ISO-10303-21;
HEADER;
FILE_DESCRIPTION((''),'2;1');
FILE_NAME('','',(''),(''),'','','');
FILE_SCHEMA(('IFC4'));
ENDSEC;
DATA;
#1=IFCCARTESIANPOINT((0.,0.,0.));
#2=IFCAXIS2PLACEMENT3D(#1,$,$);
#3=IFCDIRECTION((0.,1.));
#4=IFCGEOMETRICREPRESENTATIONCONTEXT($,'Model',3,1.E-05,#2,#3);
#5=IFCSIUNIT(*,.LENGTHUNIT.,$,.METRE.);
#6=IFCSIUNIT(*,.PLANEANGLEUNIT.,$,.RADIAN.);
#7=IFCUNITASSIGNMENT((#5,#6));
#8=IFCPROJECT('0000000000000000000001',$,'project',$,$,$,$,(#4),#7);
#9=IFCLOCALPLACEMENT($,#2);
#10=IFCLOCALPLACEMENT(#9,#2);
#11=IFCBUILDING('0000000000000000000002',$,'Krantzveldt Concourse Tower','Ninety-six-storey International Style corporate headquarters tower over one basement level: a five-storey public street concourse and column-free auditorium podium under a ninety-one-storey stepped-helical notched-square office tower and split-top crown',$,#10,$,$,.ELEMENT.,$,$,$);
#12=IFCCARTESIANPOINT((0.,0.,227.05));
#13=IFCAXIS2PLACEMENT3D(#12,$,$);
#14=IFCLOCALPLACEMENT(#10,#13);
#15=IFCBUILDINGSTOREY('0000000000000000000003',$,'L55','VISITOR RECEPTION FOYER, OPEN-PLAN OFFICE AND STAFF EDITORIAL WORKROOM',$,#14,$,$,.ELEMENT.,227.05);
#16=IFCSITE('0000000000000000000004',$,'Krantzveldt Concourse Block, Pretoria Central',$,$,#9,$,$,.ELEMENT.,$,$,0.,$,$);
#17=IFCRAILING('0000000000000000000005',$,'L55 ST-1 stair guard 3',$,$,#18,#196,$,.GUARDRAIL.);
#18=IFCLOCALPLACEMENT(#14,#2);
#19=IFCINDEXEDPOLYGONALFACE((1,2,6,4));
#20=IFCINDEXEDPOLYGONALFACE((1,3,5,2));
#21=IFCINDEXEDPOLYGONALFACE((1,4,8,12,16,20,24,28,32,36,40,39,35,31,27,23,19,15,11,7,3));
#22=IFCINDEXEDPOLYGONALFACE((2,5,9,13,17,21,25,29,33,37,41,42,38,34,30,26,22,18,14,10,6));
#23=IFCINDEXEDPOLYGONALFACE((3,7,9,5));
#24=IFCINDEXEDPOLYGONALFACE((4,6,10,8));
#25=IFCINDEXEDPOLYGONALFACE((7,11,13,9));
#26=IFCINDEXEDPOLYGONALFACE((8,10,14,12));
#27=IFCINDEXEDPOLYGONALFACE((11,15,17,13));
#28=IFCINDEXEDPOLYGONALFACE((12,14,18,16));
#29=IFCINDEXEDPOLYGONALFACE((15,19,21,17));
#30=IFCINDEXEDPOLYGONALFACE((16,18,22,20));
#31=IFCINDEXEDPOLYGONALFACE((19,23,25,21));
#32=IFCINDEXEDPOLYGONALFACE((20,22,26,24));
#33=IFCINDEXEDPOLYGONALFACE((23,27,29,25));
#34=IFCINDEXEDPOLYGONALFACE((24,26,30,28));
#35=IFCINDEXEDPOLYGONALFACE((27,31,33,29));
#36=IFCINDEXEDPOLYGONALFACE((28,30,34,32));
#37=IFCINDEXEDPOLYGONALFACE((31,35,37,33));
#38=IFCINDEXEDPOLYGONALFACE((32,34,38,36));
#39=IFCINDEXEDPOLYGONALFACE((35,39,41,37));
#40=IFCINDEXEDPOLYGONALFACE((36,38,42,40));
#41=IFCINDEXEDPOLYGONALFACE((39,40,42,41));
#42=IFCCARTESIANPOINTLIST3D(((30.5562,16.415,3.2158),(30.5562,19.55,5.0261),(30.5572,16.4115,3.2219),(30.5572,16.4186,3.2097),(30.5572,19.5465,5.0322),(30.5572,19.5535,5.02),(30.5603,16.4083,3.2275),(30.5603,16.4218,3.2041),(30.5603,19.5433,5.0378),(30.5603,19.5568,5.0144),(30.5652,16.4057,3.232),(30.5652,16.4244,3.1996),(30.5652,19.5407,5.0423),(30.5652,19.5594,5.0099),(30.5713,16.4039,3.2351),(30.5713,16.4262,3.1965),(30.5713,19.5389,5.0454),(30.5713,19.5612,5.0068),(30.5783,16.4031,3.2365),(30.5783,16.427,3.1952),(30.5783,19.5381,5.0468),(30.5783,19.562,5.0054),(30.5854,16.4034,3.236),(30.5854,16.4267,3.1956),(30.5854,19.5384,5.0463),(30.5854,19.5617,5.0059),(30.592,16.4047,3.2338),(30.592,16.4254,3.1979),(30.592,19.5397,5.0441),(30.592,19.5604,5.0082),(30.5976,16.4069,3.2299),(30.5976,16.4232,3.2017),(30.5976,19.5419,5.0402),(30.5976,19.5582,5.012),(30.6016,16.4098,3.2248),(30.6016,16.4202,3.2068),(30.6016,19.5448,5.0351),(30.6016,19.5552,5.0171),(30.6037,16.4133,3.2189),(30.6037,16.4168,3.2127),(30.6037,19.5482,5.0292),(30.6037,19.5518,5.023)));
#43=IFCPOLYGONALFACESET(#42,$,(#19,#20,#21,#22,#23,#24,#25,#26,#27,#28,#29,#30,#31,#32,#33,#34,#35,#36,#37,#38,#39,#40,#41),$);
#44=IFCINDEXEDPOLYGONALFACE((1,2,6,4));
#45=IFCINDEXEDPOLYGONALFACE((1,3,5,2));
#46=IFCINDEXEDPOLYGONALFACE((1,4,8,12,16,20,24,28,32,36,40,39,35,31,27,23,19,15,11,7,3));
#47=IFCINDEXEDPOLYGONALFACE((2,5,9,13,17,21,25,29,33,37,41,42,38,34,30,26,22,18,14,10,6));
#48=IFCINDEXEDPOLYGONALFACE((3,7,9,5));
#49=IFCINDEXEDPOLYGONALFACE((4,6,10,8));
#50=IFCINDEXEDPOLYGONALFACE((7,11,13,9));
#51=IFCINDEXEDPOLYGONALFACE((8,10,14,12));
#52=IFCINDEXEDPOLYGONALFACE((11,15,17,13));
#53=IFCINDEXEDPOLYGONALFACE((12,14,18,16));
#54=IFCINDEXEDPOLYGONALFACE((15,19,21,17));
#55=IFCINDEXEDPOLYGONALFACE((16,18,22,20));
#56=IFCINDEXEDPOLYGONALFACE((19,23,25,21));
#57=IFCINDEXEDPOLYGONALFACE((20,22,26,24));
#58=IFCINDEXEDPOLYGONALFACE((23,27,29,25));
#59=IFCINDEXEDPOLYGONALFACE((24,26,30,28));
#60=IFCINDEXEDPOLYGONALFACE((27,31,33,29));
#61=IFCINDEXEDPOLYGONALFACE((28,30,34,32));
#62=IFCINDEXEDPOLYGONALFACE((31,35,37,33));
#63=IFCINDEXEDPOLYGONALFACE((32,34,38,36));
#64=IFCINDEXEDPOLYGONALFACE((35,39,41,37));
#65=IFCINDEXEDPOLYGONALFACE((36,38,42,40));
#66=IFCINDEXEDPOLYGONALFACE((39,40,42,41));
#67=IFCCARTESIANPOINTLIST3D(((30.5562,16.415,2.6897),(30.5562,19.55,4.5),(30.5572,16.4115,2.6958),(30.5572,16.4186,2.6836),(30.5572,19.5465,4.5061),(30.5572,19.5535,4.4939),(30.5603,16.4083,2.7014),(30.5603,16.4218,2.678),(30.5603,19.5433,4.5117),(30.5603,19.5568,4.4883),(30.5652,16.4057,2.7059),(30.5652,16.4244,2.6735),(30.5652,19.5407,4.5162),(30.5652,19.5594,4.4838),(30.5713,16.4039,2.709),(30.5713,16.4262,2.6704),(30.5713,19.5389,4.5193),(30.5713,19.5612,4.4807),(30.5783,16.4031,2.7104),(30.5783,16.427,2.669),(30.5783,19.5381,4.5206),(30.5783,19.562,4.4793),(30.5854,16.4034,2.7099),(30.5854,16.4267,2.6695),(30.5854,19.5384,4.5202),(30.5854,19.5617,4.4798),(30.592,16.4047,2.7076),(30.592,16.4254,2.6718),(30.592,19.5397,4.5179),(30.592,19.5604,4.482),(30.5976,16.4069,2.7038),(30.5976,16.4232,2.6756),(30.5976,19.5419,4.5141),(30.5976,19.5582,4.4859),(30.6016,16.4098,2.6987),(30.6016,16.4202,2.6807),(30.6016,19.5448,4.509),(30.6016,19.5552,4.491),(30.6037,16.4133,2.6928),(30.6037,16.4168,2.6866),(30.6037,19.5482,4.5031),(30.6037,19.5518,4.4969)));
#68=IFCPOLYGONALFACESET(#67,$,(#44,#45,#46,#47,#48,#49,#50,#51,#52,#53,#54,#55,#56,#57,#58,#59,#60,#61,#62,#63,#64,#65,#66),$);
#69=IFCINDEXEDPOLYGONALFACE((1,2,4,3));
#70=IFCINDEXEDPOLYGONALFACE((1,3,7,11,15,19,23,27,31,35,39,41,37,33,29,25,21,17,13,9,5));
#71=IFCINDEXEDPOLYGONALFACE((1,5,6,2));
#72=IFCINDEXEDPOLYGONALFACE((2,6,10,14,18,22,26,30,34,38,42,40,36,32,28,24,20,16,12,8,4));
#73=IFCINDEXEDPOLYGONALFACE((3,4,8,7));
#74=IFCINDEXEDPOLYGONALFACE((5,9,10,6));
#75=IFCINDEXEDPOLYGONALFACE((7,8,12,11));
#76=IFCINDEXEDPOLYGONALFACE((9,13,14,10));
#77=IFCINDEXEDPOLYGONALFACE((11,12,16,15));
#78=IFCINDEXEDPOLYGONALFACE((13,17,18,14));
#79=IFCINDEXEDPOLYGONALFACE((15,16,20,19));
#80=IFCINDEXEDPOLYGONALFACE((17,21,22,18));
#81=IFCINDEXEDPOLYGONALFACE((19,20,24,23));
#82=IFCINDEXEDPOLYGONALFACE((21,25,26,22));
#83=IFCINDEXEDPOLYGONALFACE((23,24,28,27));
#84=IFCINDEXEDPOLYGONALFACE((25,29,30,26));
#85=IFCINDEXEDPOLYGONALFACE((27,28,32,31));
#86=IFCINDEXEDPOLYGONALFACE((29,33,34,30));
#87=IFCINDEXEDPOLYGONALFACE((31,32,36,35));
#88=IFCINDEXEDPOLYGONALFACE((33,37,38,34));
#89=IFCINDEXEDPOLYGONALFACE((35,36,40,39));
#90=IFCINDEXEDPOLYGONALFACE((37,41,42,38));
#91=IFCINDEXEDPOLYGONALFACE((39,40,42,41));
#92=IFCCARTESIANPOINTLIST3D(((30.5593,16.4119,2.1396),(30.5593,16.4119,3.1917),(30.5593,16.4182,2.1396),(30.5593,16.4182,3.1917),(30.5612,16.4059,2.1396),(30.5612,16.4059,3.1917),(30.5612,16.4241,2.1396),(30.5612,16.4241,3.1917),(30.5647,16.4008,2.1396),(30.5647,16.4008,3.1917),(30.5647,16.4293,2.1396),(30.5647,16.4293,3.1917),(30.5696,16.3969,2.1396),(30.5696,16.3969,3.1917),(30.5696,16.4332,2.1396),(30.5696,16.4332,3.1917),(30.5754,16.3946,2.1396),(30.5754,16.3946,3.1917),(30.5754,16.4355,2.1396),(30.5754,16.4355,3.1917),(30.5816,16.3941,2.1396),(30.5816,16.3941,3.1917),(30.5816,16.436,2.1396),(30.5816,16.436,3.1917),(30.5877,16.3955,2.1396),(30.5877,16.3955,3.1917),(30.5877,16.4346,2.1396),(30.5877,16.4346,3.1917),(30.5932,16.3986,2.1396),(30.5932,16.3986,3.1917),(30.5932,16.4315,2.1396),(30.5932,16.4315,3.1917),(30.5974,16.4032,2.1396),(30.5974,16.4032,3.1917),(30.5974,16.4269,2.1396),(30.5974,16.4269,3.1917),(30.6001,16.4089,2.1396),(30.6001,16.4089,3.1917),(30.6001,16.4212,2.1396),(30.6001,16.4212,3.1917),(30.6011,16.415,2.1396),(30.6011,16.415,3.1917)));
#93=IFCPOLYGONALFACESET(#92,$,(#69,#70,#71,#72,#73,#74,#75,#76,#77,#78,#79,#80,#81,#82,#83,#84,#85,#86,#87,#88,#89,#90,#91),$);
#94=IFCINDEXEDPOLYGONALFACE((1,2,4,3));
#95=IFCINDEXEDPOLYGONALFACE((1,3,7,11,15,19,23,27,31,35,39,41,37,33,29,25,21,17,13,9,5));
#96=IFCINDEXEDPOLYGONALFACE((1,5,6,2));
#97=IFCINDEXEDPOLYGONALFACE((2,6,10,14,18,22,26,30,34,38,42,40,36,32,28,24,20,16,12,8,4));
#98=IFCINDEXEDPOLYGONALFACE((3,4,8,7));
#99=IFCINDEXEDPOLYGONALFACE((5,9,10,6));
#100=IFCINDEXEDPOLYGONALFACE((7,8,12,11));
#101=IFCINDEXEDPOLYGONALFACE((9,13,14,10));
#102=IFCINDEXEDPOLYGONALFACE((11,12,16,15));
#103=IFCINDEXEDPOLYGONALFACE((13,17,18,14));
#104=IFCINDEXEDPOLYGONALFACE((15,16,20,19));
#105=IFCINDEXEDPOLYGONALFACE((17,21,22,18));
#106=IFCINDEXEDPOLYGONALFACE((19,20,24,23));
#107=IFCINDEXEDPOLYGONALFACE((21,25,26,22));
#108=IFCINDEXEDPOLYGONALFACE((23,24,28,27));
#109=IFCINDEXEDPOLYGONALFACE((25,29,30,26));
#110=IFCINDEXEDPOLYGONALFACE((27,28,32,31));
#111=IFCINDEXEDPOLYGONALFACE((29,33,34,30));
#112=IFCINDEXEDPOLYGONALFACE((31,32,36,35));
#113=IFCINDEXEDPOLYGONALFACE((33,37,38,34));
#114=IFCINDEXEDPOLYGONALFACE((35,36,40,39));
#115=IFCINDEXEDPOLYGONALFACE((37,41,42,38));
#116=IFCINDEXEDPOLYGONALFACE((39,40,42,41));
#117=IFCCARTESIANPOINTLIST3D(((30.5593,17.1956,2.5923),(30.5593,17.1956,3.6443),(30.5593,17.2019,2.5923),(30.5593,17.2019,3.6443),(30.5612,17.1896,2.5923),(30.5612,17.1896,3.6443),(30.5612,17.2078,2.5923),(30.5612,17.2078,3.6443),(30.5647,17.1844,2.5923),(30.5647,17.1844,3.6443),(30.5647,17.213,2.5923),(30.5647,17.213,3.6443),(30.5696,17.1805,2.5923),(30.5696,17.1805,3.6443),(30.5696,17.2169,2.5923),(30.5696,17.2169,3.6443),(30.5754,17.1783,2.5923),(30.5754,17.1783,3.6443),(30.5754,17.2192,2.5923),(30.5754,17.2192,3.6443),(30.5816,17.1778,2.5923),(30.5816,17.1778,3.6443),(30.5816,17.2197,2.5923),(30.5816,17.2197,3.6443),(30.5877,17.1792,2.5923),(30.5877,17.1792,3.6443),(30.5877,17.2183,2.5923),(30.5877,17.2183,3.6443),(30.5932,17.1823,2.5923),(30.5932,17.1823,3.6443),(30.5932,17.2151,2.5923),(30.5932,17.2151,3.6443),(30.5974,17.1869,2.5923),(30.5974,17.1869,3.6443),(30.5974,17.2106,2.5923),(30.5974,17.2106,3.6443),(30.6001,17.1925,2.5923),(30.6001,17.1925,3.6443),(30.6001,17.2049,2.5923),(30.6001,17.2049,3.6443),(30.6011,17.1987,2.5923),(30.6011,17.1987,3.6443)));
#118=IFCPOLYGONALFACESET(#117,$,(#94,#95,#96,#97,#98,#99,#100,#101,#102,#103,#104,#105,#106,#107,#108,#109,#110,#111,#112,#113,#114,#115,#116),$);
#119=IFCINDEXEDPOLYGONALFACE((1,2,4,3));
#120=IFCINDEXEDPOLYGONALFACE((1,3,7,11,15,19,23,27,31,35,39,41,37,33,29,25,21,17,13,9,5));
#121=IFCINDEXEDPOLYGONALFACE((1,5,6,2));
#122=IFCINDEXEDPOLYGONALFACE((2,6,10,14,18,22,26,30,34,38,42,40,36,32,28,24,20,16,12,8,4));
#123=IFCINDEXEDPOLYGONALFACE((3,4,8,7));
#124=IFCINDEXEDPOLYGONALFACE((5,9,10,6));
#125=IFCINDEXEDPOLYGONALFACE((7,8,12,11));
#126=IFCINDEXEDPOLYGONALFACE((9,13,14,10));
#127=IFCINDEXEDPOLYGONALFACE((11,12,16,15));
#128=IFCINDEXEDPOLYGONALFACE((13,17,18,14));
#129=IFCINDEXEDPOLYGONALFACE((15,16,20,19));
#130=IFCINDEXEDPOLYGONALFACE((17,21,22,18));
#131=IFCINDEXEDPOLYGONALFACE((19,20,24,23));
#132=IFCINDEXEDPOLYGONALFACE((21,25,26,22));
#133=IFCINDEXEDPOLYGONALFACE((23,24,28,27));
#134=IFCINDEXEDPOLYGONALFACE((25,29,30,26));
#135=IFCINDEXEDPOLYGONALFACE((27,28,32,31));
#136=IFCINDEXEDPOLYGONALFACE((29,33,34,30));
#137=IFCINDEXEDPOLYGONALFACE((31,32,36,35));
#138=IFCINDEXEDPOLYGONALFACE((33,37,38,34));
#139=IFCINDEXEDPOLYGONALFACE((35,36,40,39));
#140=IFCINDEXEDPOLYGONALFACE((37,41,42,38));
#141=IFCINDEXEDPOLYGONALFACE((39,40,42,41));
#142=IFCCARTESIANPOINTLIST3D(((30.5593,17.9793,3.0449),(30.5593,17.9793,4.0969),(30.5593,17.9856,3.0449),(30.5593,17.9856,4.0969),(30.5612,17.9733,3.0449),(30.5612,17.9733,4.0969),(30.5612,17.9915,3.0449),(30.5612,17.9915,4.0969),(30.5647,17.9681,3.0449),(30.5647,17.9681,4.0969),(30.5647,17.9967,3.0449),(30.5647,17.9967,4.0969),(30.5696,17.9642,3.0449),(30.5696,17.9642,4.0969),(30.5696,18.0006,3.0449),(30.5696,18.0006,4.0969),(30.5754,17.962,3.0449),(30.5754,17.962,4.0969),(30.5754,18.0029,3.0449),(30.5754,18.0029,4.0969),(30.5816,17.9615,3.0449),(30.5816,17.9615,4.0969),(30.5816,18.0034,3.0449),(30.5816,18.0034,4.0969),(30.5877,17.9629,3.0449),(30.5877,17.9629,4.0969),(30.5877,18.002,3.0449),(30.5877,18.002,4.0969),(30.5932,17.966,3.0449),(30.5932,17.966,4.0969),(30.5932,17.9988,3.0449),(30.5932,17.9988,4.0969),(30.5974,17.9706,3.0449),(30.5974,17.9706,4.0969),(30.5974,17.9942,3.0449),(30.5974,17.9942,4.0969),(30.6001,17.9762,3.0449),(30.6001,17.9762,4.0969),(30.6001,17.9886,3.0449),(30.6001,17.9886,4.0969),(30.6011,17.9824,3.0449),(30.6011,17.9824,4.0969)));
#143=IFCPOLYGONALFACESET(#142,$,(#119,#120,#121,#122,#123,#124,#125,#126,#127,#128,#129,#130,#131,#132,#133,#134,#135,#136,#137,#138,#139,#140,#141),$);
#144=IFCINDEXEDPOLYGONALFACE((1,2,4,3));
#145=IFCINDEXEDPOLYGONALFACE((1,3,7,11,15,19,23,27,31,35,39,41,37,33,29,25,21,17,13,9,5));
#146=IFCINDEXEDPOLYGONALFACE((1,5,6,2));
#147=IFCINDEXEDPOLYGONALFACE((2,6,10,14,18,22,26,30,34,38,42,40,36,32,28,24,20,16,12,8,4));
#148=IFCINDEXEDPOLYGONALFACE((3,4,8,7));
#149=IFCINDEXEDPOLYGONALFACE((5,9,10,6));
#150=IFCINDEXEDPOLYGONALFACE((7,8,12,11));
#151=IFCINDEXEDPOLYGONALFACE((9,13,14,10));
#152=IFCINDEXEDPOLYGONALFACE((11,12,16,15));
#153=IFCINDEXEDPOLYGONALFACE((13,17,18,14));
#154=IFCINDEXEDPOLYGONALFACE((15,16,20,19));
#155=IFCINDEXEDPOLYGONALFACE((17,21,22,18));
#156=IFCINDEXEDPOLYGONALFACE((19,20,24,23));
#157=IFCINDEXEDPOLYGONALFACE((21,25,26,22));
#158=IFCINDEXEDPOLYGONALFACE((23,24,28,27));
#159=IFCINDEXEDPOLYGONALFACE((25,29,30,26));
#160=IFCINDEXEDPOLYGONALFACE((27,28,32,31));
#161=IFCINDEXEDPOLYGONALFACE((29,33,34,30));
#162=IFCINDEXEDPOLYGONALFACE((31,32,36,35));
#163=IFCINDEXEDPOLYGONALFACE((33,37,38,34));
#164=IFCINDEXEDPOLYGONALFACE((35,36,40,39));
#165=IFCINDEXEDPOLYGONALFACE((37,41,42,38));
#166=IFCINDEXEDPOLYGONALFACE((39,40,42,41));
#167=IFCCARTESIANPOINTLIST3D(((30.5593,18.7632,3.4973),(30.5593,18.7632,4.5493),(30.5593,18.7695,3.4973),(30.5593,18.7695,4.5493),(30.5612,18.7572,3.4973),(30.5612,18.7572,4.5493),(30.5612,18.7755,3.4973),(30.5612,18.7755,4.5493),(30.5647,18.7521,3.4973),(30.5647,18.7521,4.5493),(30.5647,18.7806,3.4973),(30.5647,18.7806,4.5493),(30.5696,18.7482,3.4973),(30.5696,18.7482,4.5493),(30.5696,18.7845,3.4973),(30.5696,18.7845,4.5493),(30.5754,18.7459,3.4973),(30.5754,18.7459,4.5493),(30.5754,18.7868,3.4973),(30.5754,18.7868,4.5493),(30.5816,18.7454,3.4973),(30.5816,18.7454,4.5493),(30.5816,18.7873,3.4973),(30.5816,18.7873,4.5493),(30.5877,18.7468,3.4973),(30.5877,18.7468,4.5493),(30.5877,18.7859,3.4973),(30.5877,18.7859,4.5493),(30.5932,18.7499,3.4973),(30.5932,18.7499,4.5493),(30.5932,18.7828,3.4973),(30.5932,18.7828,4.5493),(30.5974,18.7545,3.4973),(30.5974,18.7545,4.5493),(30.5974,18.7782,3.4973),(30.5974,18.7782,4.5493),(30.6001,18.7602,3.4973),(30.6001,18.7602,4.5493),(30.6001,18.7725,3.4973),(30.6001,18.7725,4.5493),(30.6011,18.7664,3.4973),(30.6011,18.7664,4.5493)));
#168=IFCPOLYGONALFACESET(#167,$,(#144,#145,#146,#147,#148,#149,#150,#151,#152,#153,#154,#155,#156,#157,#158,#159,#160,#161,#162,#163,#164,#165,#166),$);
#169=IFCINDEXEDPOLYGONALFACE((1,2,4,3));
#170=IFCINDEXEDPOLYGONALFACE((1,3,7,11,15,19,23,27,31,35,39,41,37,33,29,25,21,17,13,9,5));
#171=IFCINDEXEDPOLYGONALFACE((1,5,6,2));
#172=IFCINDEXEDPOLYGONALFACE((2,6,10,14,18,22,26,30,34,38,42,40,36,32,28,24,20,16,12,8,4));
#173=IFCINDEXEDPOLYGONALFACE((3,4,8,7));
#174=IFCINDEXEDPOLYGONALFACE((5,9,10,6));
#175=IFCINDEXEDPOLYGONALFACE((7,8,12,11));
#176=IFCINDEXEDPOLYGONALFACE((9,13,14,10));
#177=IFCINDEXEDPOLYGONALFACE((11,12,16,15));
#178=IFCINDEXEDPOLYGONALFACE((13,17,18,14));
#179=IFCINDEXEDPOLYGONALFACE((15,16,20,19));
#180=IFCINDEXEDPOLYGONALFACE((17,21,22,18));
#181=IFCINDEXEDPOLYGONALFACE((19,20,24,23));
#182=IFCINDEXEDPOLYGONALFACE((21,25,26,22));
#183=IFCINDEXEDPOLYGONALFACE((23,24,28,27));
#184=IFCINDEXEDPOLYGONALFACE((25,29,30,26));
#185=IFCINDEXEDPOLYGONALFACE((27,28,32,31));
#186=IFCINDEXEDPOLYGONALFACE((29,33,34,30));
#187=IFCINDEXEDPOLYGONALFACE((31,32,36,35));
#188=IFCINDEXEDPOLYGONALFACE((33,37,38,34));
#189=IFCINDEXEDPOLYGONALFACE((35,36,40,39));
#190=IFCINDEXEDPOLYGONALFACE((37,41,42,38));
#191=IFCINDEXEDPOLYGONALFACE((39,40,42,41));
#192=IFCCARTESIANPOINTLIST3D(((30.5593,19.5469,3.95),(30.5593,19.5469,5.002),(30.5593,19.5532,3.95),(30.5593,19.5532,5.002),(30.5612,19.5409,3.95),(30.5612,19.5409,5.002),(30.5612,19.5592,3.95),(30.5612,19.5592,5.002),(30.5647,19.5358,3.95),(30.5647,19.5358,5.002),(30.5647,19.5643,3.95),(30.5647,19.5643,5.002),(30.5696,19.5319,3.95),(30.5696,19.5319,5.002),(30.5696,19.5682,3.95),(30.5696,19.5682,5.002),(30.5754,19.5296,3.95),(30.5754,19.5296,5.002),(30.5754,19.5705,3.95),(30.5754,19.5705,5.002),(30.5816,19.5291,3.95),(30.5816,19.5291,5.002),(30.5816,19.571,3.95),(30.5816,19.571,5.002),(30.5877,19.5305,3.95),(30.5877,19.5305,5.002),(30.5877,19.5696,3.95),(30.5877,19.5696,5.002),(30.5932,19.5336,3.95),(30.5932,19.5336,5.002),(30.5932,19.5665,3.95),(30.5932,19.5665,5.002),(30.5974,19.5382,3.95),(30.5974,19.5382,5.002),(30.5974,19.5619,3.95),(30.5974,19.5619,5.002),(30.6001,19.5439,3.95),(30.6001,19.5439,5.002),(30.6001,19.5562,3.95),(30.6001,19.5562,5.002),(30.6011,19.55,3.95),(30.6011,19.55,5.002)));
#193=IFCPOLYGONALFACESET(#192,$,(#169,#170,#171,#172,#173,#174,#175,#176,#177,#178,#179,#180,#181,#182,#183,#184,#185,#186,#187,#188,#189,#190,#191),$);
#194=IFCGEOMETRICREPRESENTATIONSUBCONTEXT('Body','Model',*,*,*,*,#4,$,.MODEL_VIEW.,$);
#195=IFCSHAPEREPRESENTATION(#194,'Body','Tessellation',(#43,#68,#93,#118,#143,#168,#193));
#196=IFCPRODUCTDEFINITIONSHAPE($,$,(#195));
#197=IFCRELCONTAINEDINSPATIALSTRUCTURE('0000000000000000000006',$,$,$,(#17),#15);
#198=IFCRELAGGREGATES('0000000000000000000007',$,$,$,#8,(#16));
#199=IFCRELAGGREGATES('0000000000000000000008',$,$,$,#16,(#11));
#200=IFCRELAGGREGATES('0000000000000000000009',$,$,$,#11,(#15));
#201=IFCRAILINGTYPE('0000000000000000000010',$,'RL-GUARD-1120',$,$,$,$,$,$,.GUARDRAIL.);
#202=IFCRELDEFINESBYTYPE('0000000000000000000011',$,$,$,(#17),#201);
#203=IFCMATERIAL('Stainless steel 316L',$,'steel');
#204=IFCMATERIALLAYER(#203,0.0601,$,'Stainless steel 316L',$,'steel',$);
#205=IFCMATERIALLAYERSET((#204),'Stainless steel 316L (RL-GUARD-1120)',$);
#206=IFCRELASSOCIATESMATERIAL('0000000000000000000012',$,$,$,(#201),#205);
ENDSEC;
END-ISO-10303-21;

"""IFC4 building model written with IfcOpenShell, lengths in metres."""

from ifc_helpers import new_model, si_unit, direction, frame, origin, origin_2d, place, context, subcontext, project, spatial, circle, extrude, material, layer, layer_set, type_object, element, save


model = new_model("IFC4")

# Units and contexts
model_context = context("Model", 3, precision=1e-05, world=origin(), true_north=direction((0.0, 1.0)))
body_context = subcontext(model_context, "Body", "Model", "MODEL_VIEW")
ifc_project = project(units=[si_unit("LENGTHUNIT", "METRE"), si_unit("PLANEANGLEUNIT", "RADIAN")], contexts=[model_context])

# Site, building, storey
site_placement = place(None, origin())
site = spatial("IfcSite", under=ifc_project, at=site_placement, Name="Krantzveldt Concourse Block, Pretoria Central", CompositionType="ELEMENT", RefElevation=0.0)
building_placement = place(site_placement, origin())
building = spatial("IfcBuilding", under=site, at=building_placement, Name="Krantzveldt Concourse Tower", Description="Ninety-six-storey International Style corporate headquarters tower over one basement level: a five-storey public street concourse and column-free auditorium podium under a ninety-one-storey stepped-helical notched-square office tower and split-top crown", CompositionType="ELEMENT")
storey_placement = place(building_placement, frame((0.0, 0.0, 227.05)))
storey = spatial("IfcBuildingStorey", under=building, at=storey_placement, Name="L55", Description="VISITOR RECEPTION FOYER, OPEN-PLAN OFFICE AND STAFF EDITORIAL WORKROOM", CompositionType="ELEMENT", Elevation=227.05)

# Railing
ifc_material_1 = material(Name="Stainless steel 316L", Category="steel")
ifc_layer_1 = layer(ifc_material_1, 0.0601, Name="Stainless steel 316L", Category="steel")
ifc_layer_set_1 = layer_set([ifc_layer_1], Name="Stainless steel 316L (RL-GUARD-1120)")
railing_type_1 = type_object("IfcRailingType", Name="RL-GUARD-1120", PredefinedType="GUARDRAIL", material=ifc_layer_set_1)
railing_1_placement = place(storey_placement, frame((30.5801, 16.415, 2.1396)))
element("IfcRailing", 1, at=railing_1_placement, inside=storey, type_object=railing_type_1, Name="L55 ST-1 stair guard 3", PredefinedType="GUARDRAIL", context=body_context, shape_type="SweptSolid", body=[
    extrude(circle(Radius=0.0239, at=origin_2d()), frame((0.0, 0.0, 1.0762), z_axis=(0.0, 0.865989, 0.500063), x_axis=(-1.0, 0.0, 0.0)), (0.0, 0.0, 1.0), 3.6201),
    extrude(circle(Radius=0.0239, at=origin_2d()), frame((0.0, 0.0, 0.55), z_axis=(0.0, 0.865989, 0.500063), x_axis=(-1.0, 0.0, 0.0)), (0.0, 0.0, 1.0), 3.6201),
    extrude(circle(Radius=0.021, at=origin_2d()), origin(), (0.0, 0.0, 1.0), 1.052),
    extrude(circle(Radius=0.021, at=origin_2d()), frame((0.0, 0.7837, 0.4526)), (0.0, 0.0, 1.0), 1.052),
    extrude(circle(Radius=0.021, at=origin_2d()), frame((0.0, 1.5674, 0.9053)), (0.0, 0.0, 1.0), 1.052),
    extrude(circle(Radius=0.021, at=origin_2d()), frame((0.0, 2.3513, 1.3577)), (0.0, 0.0, 1.0), 1.052),
    extrude(circle(Radius=0.021, at=origin_2d()), frame((0.0, 3.135, 1.8103)), (0.0, 0.0, 1.0), 1.052),
])

save(model, "model.ifc")
